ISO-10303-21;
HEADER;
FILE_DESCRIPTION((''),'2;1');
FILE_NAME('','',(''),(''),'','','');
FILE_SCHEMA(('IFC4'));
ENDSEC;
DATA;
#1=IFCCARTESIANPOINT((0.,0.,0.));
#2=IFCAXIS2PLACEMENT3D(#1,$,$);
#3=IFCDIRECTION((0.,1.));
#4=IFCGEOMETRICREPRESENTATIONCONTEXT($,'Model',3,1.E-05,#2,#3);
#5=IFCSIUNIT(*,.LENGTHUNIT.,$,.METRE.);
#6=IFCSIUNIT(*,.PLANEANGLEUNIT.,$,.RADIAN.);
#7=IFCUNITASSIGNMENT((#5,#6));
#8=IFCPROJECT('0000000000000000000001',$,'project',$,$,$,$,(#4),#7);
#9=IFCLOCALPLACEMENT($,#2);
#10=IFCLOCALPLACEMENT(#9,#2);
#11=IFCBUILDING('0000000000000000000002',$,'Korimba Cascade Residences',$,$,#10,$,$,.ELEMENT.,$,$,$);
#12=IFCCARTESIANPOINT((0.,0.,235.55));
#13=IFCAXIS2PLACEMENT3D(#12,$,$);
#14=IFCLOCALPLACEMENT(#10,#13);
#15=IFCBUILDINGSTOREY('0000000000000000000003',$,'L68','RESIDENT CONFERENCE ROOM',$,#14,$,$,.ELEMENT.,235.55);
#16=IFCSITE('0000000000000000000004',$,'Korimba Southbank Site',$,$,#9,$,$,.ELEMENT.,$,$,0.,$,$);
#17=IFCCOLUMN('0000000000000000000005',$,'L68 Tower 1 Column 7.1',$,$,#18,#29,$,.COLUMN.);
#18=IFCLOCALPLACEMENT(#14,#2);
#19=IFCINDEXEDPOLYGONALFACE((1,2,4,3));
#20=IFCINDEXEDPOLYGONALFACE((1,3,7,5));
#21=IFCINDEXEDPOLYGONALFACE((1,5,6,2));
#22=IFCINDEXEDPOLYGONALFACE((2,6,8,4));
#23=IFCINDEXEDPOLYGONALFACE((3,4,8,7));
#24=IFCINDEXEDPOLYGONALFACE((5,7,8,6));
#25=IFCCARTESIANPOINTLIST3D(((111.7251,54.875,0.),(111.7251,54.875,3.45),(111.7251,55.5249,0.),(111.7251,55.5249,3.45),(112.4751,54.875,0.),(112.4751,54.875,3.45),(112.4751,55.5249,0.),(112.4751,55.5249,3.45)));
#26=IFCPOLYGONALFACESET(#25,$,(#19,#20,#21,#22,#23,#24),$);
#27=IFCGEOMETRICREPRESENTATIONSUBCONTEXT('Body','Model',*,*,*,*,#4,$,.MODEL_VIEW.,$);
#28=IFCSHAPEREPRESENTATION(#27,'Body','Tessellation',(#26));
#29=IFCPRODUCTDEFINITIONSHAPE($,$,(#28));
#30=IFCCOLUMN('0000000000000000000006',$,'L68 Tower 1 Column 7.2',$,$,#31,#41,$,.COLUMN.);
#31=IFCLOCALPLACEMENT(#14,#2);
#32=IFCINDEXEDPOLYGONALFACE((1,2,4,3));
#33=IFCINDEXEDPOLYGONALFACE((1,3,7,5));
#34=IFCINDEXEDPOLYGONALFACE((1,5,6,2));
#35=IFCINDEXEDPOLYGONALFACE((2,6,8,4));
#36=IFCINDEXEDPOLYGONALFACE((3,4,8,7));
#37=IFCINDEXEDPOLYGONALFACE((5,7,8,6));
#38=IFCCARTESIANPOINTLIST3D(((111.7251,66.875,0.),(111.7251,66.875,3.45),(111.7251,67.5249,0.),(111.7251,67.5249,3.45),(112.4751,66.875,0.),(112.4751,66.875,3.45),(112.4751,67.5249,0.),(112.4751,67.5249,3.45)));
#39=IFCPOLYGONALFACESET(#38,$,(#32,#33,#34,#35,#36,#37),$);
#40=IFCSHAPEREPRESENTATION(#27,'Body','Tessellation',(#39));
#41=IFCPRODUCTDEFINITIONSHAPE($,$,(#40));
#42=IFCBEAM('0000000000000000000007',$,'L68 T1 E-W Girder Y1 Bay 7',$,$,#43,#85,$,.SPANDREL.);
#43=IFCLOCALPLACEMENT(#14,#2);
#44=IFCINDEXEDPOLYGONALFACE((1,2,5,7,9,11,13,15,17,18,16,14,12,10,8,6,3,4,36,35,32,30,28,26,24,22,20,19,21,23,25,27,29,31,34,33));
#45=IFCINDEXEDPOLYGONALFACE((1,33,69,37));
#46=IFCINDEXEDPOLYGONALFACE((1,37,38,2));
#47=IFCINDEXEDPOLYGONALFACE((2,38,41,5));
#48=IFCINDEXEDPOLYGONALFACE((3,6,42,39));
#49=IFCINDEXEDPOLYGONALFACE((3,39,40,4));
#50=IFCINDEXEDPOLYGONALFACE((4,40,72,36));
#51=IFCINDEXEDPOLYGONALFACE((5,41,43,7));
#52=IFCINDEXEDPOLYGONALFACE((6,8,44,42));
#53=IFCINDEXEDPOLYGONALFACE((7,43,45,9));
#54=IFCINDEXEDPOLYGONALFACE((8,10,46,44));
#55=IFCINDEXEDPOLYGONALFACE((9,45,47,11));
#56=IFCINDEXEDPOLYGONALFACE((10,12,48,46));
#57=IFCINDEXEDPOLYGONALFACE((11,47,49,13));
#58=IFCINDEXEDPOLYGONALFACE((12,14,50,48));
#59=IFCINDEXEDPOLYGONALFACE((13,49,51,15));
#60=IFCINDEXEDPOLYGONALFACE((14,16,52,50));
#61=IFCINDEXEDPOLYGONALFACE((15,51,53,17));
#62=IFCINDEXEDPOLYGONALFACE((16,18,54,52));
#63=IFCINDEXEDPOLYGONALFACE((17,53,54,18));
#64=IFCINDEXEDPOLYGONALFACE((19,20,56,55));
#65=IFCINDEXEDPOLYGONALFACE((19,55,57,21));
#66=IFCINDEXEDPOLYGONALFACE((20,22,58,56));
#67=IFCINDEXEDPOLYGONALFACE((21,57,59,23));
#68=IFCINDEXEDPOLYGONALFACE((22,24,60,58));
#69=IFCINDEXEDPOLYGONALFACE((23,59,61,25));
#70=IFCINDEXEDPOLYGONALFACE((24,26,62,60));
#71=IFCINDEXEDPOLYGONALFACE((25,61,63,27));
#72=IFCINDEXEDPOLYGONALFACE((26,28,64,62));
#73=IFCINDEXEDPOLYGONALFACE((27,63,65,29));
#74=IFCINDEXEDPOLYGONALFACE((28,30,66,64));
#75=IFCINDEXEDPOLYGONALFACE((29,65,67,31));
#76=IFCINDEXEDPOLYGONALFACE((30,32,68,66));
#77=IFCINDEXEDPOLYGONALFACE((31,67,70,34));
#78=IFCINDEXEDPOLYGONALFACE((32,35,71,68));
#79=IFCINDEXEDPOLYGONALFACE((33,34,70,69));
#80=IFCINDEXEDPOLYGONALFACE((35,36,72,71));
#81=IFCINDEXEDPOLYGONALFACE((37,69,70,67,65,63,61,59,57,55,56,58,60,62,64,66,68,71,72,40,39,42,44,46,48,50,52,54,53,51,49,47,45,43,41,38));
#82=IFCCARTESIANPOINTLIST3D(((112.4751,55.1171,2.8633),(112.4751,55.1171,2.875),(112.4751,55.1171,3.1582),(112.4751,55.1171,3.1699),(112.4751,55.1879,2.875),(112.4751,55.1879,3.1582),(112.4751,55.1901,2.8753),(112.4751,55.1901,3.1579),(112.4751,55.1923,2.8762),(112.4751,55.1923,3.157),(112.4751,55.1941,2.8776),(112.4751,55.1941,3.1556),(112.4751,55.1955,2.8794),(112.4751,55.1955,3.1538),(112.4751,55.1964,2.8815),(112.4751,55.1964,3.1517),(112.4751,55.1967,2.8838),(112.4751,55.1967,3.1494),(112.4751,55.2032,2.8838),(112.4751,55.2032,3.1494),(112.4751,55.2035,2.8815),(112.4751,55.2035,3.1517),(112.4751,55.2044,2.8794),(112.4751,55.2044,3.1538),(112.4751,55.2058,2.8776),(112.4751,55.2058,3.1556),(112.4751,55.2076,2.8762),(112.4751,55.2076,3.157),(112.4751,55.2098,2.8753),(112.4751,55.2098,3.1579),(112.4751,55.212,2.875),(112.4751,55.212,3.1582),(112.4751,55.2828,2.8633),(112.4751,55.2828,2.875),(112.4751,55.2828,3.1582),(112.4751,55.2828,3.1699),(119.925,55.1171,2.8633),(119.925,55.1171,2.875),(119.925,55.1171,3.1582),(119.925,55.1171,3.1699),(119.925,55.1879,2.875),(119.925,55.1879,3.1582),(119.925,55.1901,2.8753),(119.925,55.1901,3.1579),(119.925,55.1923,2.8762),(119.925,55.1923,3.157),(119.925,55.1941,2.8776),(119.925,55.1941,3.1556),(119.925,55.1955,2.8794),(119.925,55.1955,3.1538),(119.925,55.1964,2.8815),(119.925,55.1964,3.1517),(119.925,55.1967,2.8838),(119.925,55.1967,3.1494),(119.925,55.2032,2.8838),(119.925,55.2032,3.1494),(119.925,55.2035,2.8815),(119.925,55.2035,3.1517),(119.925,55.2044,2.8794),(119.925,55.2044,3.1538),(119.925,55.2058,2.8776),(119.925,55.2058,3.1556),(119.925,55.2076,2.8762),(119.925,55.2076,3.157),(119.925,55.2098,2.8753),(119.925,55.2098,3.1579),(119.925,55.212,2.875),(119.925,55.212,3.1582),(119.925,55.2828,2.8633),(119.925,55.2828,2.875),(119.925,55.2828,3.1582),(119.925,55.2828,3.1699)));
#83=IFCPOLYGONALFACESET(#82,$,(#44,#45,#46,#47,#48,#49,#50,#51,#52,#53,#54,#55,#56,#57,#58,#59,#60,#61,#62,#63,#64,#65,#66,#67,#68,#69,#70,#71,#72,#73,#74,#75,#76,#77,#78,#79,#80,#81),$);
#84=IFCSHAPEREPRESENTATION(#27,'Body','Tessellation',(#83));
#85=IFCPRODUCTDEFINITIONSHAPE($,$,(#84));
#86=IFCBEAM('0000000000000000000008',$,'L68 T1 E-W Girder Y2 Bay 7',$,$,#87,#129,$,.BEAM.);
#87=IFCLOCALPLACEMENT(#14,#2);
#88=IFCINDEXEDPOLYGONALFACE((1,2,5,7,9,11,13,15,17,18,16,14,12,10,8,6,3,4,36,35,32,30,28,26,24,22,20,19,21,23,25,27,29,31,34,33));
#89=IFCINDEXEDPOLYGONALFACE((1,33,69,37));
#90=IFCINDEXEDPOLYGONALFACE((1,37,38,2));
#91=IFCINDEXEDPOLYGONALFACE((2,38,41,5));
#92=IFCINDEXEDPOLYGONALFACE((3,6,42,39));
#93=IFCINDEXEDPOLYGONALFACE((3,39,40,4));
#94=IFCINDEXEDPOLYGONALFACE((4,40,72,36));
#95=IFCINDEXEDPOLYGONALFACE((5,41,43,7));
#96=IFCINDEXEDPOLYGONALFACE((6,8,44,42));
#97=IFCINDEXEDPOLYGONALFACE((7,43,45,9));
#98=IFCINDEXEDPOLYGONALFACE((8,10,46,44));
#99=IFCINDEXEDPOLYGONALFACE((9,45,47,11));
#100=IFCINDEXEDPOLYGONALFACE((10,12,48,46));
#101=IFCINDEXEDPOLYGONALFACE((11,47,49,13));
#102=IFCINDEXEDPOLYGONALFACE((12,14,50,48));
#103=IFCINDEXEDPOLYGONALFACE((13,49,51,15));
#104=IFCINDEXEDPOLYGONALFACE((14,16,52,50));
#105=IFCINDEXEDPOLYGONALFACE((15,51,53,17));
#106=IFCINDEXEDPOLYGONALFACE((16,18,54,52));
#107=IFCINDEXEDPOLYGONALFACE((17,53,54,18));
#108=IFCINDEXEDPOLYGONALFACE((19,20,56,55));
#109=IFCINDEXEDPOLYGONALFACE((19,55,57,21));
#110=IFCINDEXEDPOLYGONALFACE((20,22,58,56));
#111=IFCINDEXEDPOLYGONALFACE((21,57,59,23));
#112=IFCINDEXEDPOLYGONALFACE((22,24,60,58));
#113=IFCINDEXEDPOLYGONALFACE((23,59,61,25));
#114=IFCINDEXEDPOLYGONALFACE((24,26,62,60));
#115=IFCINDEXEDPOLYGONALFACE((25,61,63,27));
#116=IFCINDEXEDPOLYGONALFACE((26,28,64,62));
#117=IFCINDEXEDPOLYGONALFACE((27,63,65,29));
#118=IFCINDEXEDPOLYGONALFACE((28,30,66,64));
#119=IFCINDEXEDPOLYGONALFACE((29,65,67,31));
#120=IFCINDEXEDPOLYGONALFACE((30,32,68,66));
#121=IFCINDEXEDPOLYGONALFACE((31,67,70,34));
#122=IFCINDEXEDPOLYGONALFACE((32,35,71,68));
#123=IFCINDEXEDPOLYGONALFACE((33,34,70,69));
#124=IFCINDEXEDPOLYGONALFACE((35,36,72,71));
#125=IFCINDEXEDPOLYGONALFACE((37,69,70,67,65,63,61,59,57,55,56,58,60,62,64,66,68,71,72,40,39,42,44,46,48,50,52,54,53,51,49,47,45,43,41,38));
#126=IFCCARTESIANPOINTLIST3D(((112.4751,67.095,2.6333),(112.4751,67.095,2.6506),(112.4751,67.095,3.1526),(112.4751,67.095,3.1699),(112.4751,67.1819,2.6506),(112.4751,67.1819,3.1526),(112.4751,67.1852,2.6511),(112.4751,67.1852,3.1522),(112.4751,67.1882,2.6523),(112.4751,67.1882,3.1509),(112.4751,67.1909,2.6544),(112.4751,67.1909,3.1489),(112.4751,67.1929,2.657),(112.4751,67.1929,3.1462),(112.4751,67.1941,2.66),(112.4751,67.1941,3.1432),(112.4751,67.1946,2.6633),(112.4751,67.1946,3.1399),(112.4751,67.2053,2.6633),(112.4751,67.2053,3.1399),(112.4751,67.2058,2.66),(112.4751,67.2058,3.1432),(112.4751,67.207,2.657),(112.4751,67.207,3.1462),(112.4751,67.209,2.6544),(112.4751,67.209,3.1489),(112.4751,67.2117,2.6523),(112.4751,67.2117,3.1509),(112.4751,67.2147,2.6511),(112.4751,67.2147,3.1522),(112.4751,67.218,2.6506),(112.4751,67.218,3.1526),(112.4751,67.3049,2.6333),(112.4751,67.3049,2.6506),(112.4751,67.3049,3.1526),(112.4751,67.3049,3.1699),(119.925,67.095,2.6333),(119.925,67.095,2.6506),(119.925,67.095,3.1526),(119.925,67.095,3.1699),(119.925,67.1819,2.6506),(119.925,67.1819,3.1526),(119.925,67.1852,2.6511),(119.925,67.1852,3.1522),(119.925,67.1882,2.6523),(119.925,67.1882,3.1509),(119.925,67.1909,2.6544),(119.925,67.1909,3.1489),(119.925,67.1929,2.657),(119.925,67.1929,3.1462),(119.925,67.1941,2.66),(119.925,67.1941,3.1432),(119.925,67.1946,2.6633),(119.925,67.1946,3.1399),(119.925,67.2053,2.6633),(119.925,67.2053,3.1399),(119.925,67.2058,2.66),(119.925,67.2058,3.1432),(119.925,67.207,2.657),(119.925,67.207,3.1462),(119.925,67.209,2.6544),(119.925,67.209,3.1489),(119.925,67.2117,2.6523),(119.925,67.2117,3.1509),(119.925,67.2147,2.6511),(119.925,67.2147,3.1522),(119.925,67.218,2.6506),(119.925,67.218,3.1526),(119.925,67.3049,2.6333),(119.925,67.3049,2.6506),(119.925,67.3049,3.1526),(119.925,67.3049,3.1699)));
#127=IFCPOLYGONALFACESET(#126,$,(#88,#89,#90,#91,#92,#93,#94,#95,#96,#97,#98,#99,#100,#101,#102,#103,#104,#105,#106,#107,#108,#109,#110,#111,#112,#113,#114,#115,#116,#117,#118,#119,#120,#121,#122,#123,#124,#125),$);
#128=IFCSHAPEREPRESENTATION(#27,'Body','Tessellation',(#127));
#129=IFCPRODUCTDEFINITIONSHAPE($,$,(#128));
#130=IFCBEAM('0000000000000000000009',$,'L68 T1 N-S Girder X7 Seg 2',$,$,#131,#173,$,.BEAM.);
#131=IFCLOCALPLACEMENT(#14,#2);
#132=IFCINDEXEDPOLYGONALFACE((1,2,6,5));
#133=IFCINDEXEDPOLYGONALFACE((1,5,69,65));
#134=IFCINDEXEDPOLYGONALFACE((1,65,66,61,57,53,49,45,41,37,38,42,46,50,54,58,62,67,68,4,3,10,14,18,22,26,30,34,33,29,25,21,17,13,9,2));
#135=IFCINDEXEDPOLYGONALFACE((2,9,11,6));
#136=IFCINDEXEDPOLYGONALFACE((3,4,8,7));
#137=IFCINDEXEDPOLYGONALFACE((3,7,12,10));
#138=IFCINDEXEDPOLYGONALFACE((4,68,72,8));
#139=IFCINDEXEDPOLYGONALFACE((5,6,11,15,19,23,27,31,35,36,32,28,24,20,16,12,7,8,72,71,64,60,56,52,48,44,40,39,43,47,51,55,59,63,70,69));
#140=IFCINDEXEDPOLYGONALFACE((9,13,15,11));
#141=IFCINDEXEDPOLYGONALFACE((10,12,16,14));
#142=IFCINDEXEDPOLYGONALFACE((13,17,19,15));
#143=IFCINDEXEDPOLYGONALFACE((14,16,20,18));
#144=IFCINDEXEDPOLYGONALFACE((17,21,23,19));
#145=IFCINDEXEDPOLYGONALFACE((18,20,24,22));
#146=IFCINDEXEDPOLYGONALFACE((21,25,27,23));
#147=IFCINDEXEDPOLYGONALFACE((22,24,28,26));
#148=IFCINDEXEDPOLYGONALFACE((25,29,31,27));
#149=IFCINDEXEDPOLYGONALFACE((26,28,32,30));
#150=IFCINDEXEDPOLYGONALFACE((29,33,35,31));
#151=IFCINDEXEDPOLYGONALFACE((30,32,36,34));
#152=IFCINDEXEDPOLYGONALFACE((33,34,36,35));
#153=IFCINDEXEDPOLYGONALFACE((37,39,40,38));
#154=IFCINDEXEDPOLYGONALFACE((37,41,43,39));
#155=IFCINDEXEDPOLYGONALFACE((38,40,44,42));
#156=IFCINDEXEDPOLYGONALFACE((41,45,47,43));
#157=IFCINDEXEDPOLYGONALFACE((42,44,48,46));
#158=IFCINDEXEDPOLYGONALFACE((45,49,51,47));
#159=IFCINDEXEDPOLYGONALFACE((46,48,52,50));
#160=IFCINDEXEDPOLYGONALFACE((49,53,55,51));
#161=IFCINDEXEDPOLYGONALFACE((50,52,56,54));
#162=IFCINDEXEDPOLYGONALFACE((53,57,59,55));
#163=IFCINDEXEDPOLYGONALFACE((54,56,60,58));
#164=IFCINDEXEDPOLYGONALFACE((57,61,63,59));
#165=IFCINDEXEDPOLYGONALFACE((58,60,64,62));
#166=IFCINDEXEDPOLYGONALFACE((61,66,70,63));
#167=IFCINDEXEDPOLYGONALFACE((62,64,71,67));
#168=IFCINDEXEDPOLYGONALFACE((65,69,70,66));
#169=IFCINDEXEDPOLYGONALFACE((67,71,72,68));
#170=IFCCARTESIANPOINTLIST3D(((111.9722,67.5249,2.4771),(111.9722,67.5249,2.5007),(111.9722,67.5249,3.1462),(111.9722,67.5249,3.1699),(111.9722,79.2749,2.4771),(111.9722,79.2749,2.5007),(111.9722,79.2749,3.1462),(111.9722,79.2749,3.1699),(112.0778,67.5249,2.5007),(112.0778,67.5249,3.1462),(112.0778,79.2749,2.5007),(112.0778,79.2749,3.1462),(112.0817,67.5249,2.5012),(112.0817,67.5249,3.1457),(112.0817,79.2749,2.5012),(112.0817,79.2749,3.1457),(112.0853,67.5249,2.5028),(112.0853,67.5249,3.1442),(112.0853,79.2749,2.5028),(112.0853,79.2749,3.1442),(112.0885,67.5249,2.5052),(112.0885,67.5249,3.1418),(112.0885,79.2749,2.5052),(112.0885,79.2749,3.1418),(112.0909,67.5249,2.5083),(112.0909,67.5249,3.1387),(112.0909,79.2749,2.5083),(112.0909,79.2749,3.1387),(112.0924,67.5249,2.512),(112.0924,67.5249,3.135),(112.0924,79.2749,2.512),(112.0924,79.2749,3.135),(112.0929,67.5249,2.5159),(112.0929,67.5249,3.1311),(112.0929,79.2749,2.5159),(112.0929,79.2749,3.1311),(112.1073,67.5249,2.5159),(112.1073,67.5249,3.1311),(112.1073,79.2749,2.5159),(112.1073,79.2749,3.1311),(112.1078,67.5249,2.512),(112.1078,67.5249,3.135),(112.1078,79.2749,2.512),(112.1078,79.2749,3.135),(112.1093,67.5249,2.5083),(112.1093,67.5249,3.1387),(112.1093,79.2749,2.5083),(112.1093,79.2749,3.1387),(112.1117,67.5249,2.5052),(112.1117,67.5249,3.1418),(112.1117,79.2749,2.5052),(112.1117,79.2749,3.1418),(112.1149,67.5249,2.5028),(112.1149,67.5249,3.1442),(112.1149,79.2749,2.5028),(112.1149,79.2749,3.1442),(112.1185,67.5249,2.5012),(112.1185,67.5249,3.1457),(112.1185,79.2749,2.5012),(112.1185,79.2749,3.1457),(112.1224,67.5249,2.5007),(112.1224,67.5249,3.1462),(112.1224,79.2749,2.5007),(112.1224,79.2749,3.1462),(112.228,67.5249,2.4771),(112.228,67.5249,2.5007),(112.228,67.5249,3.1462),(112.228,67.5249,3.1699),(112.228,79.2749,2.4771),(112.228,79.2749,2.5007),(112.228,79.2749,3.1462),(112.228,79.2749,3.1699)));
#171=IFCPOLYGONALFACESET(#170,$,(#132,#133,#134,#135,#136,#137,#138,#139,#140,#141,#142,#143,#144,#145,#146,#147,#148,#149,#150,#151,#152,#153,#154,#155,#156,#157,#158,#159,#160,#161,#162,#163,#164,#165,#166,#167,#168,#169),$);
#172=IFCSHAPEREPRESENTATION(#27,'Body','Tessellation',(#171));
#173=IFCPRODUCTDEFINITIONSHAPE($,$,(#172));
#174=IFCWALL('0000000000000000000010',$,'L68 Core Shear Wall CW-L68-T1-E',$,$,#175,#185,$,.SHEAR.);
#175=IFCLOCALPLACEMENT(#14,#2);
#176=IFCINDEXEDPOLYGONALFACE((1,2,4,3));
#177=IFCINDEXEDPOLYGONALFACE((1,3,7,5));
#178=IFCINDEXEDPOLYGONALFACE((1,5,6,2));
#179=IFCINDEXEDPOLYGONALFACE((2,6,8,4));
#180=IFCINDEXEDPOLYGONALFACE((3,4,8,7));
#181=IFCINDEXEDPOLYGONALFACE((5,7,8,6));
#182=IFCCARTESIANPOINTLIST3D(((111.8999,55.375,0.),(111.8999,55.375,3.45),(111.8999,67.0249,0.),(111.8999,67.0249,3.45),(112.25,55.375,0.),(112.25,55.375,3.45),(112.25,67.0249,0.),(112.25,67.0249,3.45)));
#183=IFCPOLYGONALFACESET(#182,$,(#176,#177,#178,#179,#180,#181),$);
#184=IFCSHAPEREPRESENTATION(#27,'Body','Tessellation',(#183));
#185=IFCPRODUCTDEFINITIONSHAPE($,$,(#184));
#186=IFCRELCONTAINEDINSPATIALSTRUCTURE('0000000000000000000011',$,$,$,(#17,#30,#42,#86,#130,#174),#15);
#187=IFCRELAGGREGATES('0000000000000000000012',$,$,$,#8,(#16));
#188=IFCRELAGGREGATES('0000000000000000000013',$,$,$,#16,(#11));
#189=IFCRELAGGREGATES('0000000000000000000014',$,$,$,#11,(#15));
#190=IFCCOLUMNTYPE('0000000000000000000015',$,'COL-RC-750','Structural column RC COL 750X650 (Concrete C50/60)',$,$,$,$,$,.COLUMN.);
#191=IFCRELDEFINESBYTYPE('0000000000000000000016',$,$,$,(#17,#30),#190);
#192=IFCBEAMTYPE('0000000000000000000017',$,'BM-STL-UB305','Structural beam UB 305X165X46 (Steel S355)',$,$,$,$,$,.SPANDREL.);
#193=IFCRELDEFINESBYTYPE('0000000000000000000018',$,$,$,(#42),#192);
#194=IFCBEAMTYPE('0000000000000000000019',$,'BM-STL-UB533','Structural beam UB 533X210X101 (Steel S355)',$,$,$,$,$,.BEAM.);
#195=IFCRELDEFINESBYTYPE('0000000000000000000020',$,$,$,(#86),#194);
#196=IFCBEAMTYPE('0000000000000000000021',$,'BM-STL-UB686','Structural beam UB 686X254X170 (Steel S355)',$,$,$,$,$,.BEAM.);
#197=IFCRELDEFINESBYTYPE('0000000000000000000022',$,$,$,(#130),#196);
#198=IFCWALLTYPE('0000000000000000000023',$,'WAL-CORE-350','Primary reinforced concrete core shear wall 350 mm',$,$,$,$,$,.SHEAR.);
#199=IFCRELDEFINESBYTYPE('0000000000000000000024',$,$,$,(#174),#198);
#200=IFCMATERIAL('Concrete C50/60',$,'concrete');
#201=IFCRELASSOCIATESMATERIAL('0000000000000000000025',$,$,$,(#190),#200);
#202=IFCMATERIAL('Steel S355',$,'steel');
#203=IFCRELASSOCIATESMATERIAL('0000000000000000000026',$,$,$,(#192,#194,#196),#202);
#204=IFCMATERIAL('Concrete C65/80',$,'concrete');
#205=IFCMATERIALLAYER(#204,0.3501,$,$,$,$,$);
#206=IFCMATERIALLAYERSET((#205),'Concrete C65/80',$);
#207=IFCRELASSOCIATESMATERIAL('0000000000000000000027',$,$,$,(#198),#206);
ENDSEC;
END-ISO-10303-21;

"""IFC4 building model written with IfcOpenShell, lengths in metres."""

from ifc_helpers import new_model, si_unit, direction, frame, frame_2d, origin, origin_2d, place, context, subcontext, project, spatial, rectangle, i_section, extrude, material, layer, layer_set, material_profile, profile_set, type_object, element, save


model = new_model("IFC4")

# Units and contexts
model_context = context("Model", 3, precision=1e-05, world=origin(), true_north=direction((0.0, 1.0)))
body_context = subcontext(model_context, "Body", "Model", "MODEL_VIEW")
ifc_project = project(units=[si_unit("LENGTHUNIT", "METRE"), si_unit("PLANEANGLEUNIT", "RADIAN")], contexts=[model_context])

# Site, building, storey
site_placement = place(None, origin())
site = spatial("IfcSite", under=ifc_project, at=site_placement, Name="Korimba Southbank Site", CompositionType="ELEMENT", RefElevation=0.0)
building_placement = place(site_placement, origin())
building = spatial("IfcBuilding", under=site, at=building_placement, Name="Korimba Cascade Residences", CompositionType="ELEMENT")
storey_placement = place(building_placement, frame((0.0, 0.0, 235.55)))
storey = spatial("IfcBuildingStorey", under=building, at=storey_placement, Name="L68", Description="RESIDENT CONFERENCE ROOM", CompositionType="ELEMENT", Elevation=235.55)

# Columns
ifc_material_1 = material(Name="Concrete C50/60", Category="concrete")
ifc_material_profile_1 = material_profile(ifc_material_1, rectangle(XDim=0.75, YDim=0.6499, at=origin_2d()), Name="Concrete C50/60")
ifc_profile_set_1 = profile_set([ifc_material_profile_1], Name="Concrete C50/60")
column_type = type_object("IfcColumnType", Name="COL-RC-750", Description="Structural column RC COL 750X650 (Concrete C50/60)", PredefinedType="COLUMN", material=ifc_profile_set_1)
for number, where, z_axis, x_axis, name in (
    (1, (112.1001, 55.2, 0.0), (0.0, 0.0, 1.0), (1.0, 0.0, 0.0), "L68 Tower 1 Column 7.1"),
    (2, (112.1001, 67.2, 0.0), (0.0, 0.0, 1.0), (1.0, 0.0, 0.0), "L68 Tower 1 Column 7.2"),
):
    element("IfcColumn", number, at=place(storey_placement, frame(where, z_axis=z_axis, x_axis=x_axis)), inside=storey, type_object=column_type, Name=name, PredefinedType="COLUMN", context=body_context, shape_type="SweptSolid", body=[
        extrude(rectangle(XDim=0.75, YDim=0.6499, at=origin_2d()), origin(), (0.0, 0.0, 1.0), 3.45),
    ])

# Beams
ifc_material_2 = material(Name="Steel S355", Category="steel")
ifc_material_profile_2 = material_profile(ifc_material_2, i_section(OverallWidth=0.1658, OverallDepth=0.3066, WebThickness=0.0066, FlangeThickness=0.0117, FilletRadius=0.0088, at=origin_2d()), Name="Steel S355")
ifc_profile_set_2 = profile_set([ifc_material_profile_2], Name="Steel S355")
beam_type_1 = type_object("IfcBeamType", Name="BM-STL-UB305", Description="Structural beam UB 305X165X46 (Steel S355)", PredefinedType="SPANDREL", material=ifc_profile_set_2)
beam_1_placement = place(storey_placement, frame((112.4751, 55.2, 3.0166), z_axis=(1.0, 0.0, 0.0), x_axis=(0.0, 1.0, 0.0)))
element("IfcBeam", 3, at=beam_1_placement, inside=storey, type_object=beam_type_1, Name="L68 T1 E-W Girder Y1 Bay 7", PredefinedType="SPANDREL", context=body_context, shape_type="SweptSolid", body=[
    extrude(i_section(OverallWidth=0.1658, OverallDepth=0.3066, WebThickness=0.0066, FlangeThickness=0.0117, FilletRadius=0.0088, at=origin_2d()), origin(), (0.0, 0.0, 1.0), 7.45),
])
ifc_material_profile_3 = material_profile(ifc_material_2, i_section(OverallWidth=0.21, OverallDepth=0.5366, WebThickness=0.0107, FlangeThickness=0.0173, FilletRadius=0.0127, at=origin_2d()), Name="Steel S355")
ifc_profile_set_3 = profile_set([ifc_material_profile_3], Name="Steel S355")
beam_type_2 = type_object("IfcBeamType", Name="BM-STL-UB533", Description="Structural beam UB 533X210X101 (Steel S355)", PredefinedType="BEAM", material=ifc_profile_set_3)
beam_2_placement = place(storey_placement, frame((112.4751, 67.2, 2.9016), z_axis=(1.0, 0.0, 0.0), x_axis=(0.0, 1.0, 0.0)))
element("IfcBeam", 4, at=beam_2_placement, inside=storey, type_object=beam_type_2, Name="L68 T1 E-W Girder Y2 Bay 7", PredefinedType="BEAM", context=body_context, shape_type="SweptSolid", body=[
    extrude(i_section(OverallWidth=0.21, OverallDepth=0.5366, WebThickness=0.0107, FlangeThickness=0.0173, FilletRadius=0.0127, at=origin_2d()), origin(), (0.0, 0.0, 1.0), 7.45),
])
ifc_material_profile_4 = material_profile(ifc_material_2, i_section(OverallWidth=0.2559, OverallDepth=0.6929, WebThickness=0.0144, FlangeThickness=0.0237, FilletRadius=0.0151, at=origin_2d()), Name="Steel S355")
ifc_profile_set_4 = profile_set([ifc_material_profile_4], Name="Steel S355")
beam_type_3 = type_object("IfcBeamType", Name="BM-STL-UB686", Description="Structural beam UB 686X254X170 (Steel S355)", PredefinedType="BEAM", material=ifc_profile_set_4)
beam_3_placement = place(storey_placement, frame((112.1001, 67.5249, 2.8235), z_axis=(0.0, 1.0, 0.0), x_axis=(-1.0, 0.0, 0.0)))
element("IfcBeam", 5, at=beam_3_placement, inside=storey, type_object=beam_type_3, Name="L68 T1 N-S Girder X7 Seg 2", PredefinedType="BEAM", context=body_context, shape_type="SweptSolid", body=[
    extrude(i_section(OverallWidth=0.2559, OverallDepth=0.6929, WebThickness=0.0144, FlangeThickness=0.0237, FilletRadius=0.0151, at=origin_2d()), origin(), (0.0, 0.0, 1.0), 11.75),
])

# Wall
ifc_material_3 = material(Name="Concrete C65/80", Category="concrete")
ifc_layer_1 = layer(ifc_material_3, 0.3501)
ifc_layer_set_1 = layer_set([ifc_layer_1], Name="Concrete C65/80")
wall_type_1 = type_object("IfcWallType", Name="WAL-CORE-350", Description="Primary reinforced concrete core shear wall 350 mm", PredefinedType="SHEAR", material=ifc_layer_set_1)
wall_1_placement = place(storey_placement, frame((112.075, 55.375, 0.0), z_axis=(0.0, 0.0, 1.0), x_axis=(0.0, 1.0, 0.0)))
element("IfcWall", 6, at=wall_1_placement, inside=storey, type_object=wall_type_1, Name="L68 Core Shear Wall CW-L68-T1-E", PredefinedType="SHEAR", context=body_context, shape_type="SweptSolid", body=[
    extrude(rectangle(XDim=11.6499, YDim=0.3501, at=frame_2d((5.825, 0.0))), origin(), (0.0, 0.0, 1.0), 3.45),
])

save(model, "model.ifc")
